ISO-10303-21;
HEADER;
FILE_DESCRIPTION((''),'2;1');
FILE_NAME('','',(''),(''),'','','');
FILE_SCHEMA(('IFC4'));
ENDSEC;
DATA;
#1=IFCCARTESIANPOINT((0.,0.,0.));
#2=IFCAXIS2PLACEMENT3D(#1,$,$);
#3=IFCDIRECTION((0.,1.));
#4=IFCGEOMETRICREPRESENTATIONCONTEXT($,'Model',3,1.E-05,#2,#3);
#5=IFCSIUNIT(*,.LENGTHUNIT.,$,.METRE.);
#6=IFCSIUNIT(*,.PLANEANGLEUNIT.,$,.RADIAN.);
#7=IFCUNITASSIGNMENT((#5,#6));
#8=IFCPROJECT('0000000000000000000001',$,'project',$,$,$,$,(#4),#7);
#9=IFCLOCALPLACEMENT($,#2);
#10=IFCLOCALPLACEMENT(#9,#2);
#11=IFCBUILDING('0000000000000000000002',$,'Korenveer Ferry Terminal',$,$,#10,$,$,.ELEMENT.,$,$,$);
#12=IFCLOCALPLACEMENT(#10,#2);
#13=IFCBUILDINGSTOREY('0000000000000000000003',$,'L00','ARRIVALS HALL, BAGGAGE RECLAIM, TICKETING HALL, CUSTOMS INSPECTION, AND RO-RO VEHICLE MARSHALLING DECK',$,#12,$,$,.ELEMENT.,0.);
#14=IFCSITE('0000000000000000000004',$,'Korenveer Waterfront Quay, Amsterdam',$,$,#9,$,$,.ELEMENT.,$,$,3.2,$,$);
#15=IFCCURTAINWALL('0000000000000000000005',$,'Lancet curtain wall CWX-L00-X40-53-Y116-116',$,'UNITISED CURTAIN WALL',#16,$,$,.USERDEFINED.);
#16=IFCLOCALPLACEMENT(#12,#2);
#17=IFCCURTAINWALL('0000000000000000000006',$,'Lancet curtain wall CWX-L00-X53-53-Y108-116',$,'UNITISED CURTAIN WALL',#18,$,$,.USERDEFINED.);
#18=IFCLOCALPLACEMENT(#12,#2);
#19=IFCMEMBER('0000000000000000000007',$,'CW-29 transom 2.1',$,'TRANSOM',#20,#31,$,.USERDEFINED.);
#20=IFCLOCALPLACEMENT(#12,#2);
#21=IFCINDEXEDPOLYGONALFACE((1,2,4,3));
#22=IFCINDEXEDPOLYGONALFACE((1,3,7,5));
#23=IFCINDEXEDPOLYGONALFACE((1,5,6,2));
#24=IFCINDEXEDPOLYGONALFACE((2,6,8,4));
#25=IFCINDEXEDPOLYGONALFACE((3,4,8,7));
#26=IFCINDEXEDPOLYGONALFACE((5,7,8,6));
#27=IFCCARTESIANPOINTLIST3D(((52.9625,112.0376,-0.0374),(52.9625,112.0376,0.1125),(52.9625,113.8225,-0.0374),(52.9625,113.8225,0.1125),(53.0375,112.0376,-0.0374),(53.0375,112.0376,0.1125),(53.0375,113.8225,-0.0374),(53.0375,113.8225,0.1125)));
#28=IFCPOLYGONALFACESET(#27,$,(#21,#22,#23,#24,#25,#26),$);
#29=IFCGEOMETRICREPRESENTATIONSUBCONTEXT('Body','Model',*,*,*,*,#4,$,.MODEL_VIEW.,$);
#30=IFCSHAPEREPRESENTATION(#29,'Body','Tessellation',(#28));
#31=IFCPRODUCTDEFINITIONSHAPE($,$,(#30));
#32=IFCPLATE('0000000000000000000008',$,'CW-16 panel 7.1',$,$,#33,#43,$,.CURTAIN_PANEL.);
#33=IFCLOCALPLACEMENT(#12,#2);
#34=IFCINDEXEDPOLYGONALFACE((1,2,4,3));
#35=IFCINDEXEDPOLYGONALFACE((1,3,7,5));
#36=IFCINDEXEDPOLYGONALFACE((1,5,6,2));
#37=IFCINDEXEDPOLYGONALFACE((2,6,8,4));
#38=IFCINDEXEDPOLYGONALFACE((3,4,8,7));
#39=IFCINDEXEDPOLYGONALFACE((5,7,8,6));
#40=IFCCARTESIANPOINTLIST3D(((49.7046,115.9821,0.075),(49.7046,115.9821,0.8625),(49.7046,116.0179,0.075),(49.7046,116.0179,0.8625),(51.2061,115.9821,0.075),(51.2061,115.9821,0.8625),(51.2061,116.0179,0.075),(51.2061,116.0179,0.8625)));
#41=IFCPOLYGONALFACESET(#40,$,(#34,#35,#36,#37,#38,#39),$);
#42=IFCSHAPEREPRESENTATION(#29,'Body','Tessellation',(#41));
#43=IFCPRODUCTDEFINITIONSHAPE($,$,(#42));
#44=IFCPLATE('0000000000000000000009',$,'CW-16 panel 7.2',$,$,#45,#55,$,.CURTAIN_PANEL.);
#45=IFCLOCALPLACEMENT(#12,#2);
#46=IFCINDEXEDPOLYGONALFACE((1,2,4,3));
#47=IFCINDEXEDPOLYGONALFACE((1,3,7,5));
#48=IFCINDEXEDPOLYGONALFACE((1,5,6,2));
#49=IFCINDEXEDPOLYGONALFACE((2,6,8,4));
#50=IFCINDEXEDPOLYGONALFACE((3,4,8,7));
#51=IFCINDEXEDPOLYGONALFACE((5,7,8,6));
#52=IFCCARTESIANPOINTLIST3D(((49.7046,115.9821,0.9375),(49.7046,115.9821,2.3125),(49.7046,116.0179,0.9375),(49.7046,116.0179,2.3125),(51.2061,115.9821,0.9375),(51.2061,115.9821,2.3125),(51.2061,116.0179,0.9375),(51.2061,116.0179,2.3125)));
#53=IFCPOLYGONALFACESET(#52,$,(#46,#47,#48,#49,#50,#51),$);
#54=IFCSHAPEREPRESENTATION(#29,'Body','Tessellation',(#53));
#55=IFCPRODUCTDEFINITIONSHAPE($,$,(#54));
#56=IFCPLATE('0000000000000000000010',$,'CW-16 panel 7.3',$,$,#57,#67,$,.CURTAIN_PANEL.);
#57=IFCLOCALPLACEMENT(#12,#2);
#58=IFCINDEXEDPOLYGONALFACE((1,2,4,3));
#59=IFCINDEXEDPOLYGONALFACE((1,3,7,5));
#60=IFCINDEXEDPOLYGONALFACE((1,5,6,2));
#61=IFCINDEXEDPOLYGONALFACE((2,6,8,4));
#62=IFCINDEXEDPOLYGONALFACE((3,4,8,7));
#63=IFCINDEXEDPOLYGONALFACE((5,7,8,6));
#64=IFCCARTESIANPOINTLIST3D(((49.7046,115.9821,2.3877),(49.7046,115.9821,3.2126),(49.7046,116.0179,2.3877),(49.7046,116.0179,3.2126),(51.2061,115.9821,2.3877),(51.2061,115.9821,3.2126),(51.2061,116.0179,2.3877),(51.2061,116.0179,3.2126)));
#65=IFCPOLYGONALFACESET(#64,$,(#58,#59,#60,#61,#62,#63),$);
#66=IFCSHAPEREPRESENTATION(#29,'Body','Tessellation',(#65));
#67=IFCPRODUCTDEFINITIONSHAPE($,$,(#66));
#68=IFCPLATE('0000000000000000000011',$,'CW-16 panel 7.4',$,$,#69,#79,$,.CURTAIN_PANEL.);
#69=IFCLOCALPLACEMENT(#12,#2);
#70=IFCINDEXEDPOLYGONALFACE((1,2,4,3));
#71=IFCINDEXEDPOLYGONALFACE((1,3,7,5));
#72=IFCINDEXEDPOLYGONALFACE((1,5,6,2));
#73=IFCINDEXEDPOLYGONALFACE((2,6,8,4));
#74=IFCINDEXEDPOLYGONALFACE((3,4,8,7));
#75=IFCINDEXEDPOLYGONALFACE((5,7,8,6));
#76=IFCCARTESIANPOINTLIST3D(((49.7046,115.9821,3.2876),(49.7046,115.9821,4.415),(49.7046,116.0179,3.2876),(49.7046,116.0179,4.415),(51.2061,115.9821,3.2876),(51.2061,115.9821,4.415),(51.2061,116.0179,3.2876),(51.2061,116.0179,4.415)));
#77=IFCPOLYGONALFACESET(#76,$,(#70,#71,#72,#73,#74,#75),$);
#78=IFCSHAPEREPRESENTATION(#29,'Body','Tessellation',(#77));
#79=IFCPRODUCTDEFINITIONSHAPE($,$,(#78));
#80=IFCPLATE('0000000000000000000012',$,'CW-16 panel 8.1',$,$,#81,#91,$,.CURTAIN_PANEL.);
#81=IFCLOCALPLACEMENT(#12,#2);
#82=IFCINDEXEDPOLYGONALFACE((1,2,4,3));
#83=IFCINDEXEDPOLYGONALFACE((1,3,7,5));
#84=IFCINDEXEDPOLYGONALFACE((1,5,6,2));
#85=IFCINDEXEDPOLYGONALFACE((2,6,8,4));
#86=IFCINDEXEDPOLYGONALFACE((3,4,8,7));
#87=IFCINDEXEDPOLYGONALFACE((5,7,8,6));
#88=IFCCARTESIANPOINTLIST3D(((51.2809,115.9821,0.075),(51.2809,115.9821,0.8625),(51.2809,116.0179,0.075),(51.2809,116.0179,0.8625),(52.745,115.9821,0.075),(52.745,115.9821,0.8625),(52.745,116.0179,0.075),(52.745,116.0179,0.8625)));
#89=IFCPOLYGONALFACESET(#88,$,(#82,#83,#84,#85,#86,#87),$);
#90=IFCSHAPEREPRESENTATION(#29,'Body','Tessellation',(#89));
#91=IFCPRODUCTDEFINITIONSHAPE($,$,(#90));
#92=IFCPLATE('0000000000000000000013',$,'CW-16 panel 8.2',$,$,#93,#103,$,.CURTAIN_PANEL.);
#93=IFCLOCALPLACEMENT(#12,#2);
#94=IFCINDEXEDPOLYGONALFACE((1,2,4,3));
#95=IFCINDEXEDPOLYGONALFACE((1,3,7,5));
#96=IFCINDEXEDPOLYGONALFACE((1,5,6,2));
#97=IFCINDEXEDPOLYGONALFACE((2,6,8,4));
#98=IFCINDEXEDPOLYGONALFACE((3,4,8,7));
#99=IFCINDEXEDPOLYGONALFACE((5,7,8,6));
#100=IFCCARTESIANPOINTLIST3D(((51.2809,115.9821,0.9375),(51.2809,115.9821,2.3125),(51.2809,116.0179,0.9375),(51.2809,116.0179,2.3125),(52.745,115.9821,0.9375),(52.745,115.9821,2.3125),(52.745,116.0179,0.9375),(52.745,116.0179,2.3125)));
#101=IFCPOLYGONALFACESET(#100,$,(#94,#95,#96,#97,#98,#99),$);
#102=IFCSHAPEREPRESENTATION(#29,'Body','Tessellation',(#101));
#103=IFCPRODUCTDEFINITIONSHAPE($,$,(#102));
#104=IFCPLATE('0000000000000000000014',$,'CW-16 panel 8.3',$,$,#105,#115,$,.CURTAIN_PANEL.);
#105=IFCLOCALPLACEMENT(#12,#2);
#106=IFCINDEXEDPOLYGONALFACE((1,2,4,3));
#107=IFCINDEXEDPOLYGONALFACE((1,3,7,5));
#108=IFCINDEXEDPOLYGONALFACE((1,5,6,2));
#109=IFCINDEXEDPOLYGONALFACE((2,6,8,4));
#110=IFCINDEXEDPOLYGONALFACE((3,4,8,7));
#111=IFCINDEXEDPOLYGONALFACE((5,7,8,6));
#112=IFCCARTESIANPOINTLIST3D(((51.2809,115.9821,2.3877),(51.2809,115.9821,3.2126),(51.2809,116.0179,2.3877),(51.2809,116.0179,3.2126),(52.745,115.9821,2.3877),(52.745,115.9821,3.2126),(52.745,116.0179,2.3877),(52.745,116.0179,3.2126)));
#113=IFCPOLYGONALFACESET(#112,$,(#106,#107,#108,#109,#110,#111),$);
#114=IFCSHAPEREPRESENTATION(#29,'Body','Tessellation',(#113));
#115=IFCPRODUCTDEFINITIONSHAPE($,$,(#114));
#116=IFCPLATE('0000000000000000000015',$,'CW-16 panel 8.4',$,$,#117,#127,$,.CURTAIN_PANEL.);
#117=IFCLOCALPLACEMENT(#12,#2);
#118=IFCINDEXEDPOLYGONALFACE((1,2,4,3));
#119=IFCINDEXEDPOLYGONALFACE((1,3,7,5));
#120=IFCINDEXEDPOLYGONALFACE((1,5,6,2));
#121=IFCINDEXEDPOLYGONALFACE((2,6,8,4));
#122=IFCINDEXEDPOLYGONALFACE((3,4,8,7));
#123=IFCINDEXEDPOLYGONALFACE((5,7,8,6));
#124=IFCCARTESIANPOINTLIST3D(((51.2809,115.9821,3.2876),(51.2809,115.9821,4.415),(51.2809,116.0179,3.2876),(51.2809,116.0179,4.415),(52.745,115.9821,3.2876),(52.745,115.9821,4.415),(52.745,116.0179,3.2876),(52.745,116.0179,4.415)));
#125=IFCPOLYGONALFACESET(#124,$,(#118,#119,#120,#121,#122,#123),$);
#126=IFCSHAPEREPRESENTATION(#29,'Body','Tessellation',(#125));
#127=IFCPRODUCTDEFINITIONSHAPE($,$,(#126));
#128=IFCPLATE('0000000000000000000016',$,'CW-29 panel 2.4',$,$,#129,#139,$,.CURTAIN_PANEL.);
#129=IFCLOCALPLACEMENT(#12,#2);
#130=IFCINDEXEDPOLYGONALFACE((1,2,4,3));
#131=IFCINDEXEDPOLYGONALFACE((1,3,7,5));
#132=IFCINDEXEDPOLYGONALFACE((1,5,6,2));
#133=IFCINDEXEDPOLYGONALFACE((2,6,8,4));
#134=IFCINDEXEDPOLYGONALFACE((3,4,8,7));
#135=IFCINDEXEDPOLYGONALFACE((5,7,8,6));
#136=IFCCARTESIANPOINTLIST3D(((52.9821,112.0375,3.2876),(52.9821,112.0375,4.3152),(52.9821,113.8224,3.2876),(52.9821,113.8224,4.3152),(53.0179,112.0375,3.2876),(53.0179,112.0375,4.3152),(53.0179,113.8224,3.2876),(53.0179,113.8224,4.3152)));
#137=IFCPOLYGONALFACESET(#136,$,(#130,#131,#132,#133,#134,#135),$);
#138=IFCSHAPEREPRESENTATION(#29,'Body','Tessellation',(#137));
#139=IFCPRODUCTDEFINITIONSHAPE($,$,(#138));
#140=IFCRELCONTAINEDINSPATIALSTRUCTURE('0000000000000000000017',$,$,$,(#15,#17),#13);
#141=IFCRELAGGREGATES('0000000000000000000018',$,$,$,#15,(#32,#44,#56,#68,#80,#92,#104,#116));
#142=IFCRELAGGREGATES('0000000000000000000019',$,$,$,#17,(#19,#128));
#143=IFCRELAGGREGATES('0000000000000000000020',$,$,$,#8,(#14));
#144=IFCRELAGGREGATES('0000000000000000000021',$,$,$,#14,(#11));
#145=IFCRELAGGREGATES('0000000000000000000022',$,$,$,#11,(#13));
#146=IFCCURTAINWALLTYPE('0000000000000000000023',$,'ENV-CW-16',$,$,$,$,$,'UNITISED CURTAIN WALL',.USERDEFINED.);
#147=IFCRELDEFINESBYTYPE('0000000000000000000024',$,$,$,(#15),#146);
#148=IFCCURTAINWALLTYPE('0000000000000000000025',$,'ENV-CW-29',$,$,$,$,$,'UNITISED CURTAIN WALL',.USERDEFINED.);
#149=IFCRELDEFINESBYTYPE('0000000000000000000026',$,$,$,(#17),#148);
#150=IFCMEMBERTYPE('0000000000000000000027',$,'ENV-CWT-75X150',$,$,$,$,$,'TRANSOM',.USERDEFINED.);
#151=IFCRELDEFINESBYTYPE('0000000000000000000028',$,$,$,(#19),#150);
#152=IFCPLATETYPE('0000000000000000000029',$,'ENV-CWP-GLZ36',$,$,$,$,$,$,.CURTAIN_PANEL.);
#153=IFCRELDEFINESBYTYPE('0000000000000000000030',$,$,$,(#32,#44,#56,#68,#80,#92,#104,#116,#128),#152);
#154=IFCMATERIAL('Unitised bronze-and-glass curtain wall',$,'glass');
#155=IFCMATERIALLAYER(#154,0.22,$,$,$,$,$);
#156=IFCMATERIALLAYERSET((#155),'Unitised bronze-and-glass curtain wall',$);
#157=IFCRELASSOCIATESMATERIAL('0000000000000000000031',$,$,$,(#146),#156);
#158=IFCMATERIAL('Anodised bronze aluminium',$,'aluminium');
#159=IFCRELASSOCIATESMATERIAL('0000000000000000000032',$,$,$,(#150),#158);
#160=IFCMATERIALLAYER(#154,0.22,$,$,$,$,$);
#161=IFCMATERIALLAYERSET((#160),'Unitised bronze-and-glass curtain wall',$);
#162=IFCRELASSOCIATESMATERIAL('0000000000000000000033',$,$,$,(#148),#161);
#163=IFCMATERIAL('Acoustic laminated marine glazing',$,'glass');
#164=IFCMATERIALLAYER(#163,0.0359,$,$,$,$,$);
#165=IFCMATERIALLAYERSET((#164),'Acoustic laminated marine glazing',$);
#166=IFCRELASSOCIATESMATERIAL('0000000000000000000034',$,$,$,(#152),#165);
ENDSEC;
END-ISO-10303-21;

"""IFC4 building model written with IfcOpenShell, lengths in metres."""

from ifc_helpers import new_model, si_unit, direction, frame, origin, origin_2d, place, context, subcontext, project, spatial, rectangle, extrude, material, layer, layer_set, material_profile, profile_set, type_object, element, aggregate, save


model = new_model("IFC4")

# Units and contexts
model_context = context("Model", 3, precision=1e-05, world=origin(), true_north=direction((0.0, 1.0)))
body_context = subcontext(model_context, "Body", "Model", "MODEL_VIEW")
ifc_project = project(units=[si_unit("LENGTHUNIT", "METRE"), si_unit("PLANEANGLEUNIT", "RADIAN")], contexts=[model_context])

# Site, building, storey
site_placement = place(None, origin())
site = spatial("IfcSite", under=ifc_project, at=site_placement, Name="Korenveer Waterfront Quay, Amsterdam", CompositionType="ELEMENT", RefElevation=3.2)
building_placement = place(site_placement, origin())
building = spatial("IfcBuilding", under=site, at=building_placement, Name="Korenveer Ferry Terminal", CompositionType="ELEMENT")
storey_placement = place(building_placement, origin())
storey = spatial("IfcBuildingStorey", under=building, at=storey_placement, Name="L00", Description="ARRIVALS HALL, BAGGAGE RECLAIM, TICKETING HALL, CUSTOMS INSPECTION, AND RO-RO VEHICLE MARSHALLING DECK", CompositionType="ELEMENT", Elevation=0.0)

# Curtain wall
ifc_material_1 = material(Name="Unitised bronze-and-glass curtain wall", Category="glass")
ifc_layer_1 = layer(ifc_material_1, 0.22)
ifc_layer_set_1 = layer_set([ifc_layer_1], Name="Unitised bronze-and-glass curtain wall")
curtain_wall_type_1 = type_object("IfcCurtainWallType", Name="ENV-CW-16", ElementType="UNITISED CURTAIN WALL", PredefinedType="USERDEFINED", material=ifc_layer_set_1)
curtain_wall_1_placement = place(storey_placement, frame((40.2078, 116.0, 0.0)))
curtain_wall_1 = element("IfcCurtainWall", 1, at=curtain_wall_1_placement, inside=storey, type_object=curtain_wall_type_1, Name="Lancet curtain wall CWX-L00-X40-53-Y116-116", ObjectType="UNITISED CURTAIN WALL", PredefinedType="USERDEFINED")
ifc_material_2 = material(Name="Anodised bronze aluminium", Category="aluminium")
ifc_material_profile_1 = material_profile(ifc_material_2, rectangle(XDim=0.075, YDim=0.1499, at=origin_2d()), Name="ALU 75x150")
ifc_profile_set_1 = profile_set([ifc_material_profile_1], Name="Anodised bronze aluminium")
member_type_1 = type_object("IfcMemberType", Name="ENV-CWT-75X150", ElementType="TRANSOM", PredefinedType="USERDEFINED", material=ifc_profile_set_1)

# Curtain wall, member
ifc_layer_2 = layer(ifc_material_1, 0.22)
ifc_layer_set_2 = layer_set([ifc_layer_2], Name="Unitised bronze-and-glass curtain wall")
curtain_wall_type_2 = type_object("IfcCurtainWallType", Name="ENV-CW-29", ElementType="UNITISED CURTAIN WALL", PredefinedType="USERDEFINED", material=ifc_layer_set_2)
curtain_wall_2_placement = place(storey_placement, frame((53.0, 115.72, 0.0)))
curtain_wall_2 = element("IfcCurtainWall", 2, at=curtain_wall_2_placement, inside=storey, type_object=curtain_wall_type_2, Name="Lancet curtain wall CWX-L00-X53-53-Y108-116", ObjectType="UNITISED CURTAIN WALL", PredefinedType="USERDEFINED")
member_1_placement = place(storey_placement, frame((53.0, 113.8225, 0.0376), z_axis=(0.0, -1.0, 0.0), x_axis=(1.0, 0.0, 0.0)))
member_1 = element("IfcMember", 3, at=member_1_placement, type_object=member_type_1, Name="CW-29 transom 2.1", ObjectType="TRANSOM", PredefinedType="USERDEFINED", context=body_context, shape_type="SweptSolid", body=[
    extrude(rectangle(XDim=0.075, YDim=0.1499, at=origin_2d()), origin(), (0.0, 0.0, 1.0), 1.7849),
])

# Plates
ifc_material_3 = material(Name="Acoustic laminated marine glazing", Category="glass")
ifc_layer_3 = layer(ifc_material_3, 0.0359)
ifc_layer_set_3 = layer_set([ifc_layer_3], Name="Acoustic laminated marine glazing")
plate_type = type_object("IfcPlateType", Name="ENV-CWP-GLZ36", PredefinedType="CURTAIN_PANEL", material=ifc_layer_set_3)
plate_1_placement = place(storey_placement, frame((50.4553, 116.0, 0.075), z_axis=(0.0, 0.0, 1.0), x_axis=(1.0, 0.0, 0.0)))
plate_1 = element("IfcPlate", 4, at=plate_1_placement, type_object=plate_type, Name="CW-16 panel 7.1", PredefinedType="CURTAIN_PANEL", context=body_context, shape_type="SweptSolid", body=[
    extrude(rectangle(XDim=1.5015, YDim=0.0359, at=origin_2d()), origin(), (0.0, 0.0, 1.0), 0.7876),
])
plate_2_placement = place(storey_placement, frame((50.4553, 116.0, 0.9375), z_axis=(0.0, 0.0, 1.0), x_axis=(1.0, 0.0, 0.0)))
plate_2 = element("IfcPlate", 5, at=plate_2_placement, type_object=plate_type, Name="CW-16 panel 7.2", PredefinedType="CURTAIN_PANEL", context=body_context, shape_type="SweptSolid", body=[
    extrude(rectangle(XDim=1.5015, YDim=0.0359, at=origin_2d()), origin(), (0.0, 0.0, 1.0), 1.375),
])
plate_3_placement = place(storey_placement, frame((50.4553, 116.0, 2.3877), z_axis=(0.0, 0.0, 1.0), x_axis=(1.0, 0.0, 0.0)))
plate_3 = element("IfcPlate", 6, at=plate_3_placement, type_object=plate_type, Name="CW-16 panel 7.3", PredefinedType="CURTAIN_PANEL", context=body_context, shape_type="SweptSolid", body=[
    extrude(rectangle(XDim=1.5015, YDim=0.0359, at=origin_2d()), origin(), (0.0, 0.0, 1.0), 0.825),
])
plate_4_placement = place(storey_placement, frame((50.4553, 116.0, 3.2876), z_axis=(0.0, 0.0, 1.0), x_axis=(1.0, 0.0, 0.0)))
plate_4 = element("IfcPlate", 7, at=plate_4_placement, type_object=plate_type, Name="CW-16 panel 7.4", PredefinedType="CURTAIN_PANEL", context=body_context, shape_type="SweptSolid", body=[
    extrude(rectangle(XDim=1.5015, YDim=0.0359, at=origin_2d()), origin(), (0.0, 0.0, 1.0), 1.1274),
])
plate_5_placement = place(storey_placement, frame((52.0129, 116.0, 0.075), z_axis=(0.0, 0.0, 1.0), x_axis=(1.0, 0.0, 0.0)))
plate_5 = element("IfcPlate", 8, at=plate_5_placement, type_object=plate_type, Name="CW-16 panel 8.1", PredefinedType="CURTAIN_PANEL", context=body_context, shape_type="SweptSolid", body=[
    extrude(rectangle(XDim=1.4641, YDim=0.0359, at=origin_2d()), origin(), (0.0, 0.0, 1.0), 0.7876),
])
plate_6_placement = place(storey_placement, frame((52.0129, 116.0, 0.9375), z_axis=(0.0, 0.0, 1.0), x_axis=(1.0, 0.0, 0.0)))
plate_6 = element("IfcPlate", 9, at=plate_6_placement, type_object=plate_type, Name="CW-16 panel 8.2", PredefinedType="CURTAIN_PANEL", context=body_context, shape_type="SweptSolid", body=[
    extrude(rectangle(XDim=1.4641, YDim=0.0359, at=origin_2d()), origin(), (0.0, 0.0, 1.0), 1.375),
])
plate_7_placement = place(storey_placement, frame((52.0129, 116.0, 2.3877), z_axis=(0.0, 0.0, 1.0), x_axis=(1.0, 0.0, 0.0)))
plate_7 = element("IfcPlate", 10, at=plate_7_placement, type_object=plate_type, Name="CW-16 panel 8.3", PredefinedType="CURTAIN_PANEL", context=body_context, shape_type="SweptSolid", body=[
    extrude(rectangle(XDim=1.4641, YDim=0.0359, at=origin_2d()), origin(), (0.0, 0.0, 1.0), 0.825),
])
plate_8_placement = place(storey_placement, frame((52.0129, 116.0, 3.2876), z_axis=(0.0, 0.0, 1.0), x_axis=(1.0, 0.0, 0.0)))
plate_8 = element("IfcPlate", 11, at=plate_8_placement, type_object=plate_type, Name="CW-16 panel 8.4", PredefinedType="CURTAIN_PANEL", context=body_context, shape_type="SweptSolid", body=[
    extrude(rectangle(XDim=1.4641, YDim=0.0359, at=origin_2d()), origin(), (0.0, 0.0, 1.0), 1.1274),
])
aggregate(curtain_wall_1, [plate_1, plate_2, plate_3, plate_4, plate_5, plate_6, plate_7, plate_8])
plate_9_placement = place(storey_placement, frame((53.0, 112.9299, 3.2876), z_axis=(0.0, 0.0, 1.0), x_axis=(0.0, -1.0, 0.0)))
plate_9 = element("IfcPlate", 12, at=plate_9_placement, type_object=plate_type, Name="CW-29 panel 2.4", PredefinedType="CURTAIN_PANEL", context=body_context, shape_type="SweptSolid", body=[
    extrude(rectangle(XDim=1.7849, YDim=0.0359, at=origin_2d()), origin(), (0.0, 0.0, 1.0), 1.0276),
])
aggregate(curtain_wall_2, [member_1, plate_9])

save(model, "model.ifc")
